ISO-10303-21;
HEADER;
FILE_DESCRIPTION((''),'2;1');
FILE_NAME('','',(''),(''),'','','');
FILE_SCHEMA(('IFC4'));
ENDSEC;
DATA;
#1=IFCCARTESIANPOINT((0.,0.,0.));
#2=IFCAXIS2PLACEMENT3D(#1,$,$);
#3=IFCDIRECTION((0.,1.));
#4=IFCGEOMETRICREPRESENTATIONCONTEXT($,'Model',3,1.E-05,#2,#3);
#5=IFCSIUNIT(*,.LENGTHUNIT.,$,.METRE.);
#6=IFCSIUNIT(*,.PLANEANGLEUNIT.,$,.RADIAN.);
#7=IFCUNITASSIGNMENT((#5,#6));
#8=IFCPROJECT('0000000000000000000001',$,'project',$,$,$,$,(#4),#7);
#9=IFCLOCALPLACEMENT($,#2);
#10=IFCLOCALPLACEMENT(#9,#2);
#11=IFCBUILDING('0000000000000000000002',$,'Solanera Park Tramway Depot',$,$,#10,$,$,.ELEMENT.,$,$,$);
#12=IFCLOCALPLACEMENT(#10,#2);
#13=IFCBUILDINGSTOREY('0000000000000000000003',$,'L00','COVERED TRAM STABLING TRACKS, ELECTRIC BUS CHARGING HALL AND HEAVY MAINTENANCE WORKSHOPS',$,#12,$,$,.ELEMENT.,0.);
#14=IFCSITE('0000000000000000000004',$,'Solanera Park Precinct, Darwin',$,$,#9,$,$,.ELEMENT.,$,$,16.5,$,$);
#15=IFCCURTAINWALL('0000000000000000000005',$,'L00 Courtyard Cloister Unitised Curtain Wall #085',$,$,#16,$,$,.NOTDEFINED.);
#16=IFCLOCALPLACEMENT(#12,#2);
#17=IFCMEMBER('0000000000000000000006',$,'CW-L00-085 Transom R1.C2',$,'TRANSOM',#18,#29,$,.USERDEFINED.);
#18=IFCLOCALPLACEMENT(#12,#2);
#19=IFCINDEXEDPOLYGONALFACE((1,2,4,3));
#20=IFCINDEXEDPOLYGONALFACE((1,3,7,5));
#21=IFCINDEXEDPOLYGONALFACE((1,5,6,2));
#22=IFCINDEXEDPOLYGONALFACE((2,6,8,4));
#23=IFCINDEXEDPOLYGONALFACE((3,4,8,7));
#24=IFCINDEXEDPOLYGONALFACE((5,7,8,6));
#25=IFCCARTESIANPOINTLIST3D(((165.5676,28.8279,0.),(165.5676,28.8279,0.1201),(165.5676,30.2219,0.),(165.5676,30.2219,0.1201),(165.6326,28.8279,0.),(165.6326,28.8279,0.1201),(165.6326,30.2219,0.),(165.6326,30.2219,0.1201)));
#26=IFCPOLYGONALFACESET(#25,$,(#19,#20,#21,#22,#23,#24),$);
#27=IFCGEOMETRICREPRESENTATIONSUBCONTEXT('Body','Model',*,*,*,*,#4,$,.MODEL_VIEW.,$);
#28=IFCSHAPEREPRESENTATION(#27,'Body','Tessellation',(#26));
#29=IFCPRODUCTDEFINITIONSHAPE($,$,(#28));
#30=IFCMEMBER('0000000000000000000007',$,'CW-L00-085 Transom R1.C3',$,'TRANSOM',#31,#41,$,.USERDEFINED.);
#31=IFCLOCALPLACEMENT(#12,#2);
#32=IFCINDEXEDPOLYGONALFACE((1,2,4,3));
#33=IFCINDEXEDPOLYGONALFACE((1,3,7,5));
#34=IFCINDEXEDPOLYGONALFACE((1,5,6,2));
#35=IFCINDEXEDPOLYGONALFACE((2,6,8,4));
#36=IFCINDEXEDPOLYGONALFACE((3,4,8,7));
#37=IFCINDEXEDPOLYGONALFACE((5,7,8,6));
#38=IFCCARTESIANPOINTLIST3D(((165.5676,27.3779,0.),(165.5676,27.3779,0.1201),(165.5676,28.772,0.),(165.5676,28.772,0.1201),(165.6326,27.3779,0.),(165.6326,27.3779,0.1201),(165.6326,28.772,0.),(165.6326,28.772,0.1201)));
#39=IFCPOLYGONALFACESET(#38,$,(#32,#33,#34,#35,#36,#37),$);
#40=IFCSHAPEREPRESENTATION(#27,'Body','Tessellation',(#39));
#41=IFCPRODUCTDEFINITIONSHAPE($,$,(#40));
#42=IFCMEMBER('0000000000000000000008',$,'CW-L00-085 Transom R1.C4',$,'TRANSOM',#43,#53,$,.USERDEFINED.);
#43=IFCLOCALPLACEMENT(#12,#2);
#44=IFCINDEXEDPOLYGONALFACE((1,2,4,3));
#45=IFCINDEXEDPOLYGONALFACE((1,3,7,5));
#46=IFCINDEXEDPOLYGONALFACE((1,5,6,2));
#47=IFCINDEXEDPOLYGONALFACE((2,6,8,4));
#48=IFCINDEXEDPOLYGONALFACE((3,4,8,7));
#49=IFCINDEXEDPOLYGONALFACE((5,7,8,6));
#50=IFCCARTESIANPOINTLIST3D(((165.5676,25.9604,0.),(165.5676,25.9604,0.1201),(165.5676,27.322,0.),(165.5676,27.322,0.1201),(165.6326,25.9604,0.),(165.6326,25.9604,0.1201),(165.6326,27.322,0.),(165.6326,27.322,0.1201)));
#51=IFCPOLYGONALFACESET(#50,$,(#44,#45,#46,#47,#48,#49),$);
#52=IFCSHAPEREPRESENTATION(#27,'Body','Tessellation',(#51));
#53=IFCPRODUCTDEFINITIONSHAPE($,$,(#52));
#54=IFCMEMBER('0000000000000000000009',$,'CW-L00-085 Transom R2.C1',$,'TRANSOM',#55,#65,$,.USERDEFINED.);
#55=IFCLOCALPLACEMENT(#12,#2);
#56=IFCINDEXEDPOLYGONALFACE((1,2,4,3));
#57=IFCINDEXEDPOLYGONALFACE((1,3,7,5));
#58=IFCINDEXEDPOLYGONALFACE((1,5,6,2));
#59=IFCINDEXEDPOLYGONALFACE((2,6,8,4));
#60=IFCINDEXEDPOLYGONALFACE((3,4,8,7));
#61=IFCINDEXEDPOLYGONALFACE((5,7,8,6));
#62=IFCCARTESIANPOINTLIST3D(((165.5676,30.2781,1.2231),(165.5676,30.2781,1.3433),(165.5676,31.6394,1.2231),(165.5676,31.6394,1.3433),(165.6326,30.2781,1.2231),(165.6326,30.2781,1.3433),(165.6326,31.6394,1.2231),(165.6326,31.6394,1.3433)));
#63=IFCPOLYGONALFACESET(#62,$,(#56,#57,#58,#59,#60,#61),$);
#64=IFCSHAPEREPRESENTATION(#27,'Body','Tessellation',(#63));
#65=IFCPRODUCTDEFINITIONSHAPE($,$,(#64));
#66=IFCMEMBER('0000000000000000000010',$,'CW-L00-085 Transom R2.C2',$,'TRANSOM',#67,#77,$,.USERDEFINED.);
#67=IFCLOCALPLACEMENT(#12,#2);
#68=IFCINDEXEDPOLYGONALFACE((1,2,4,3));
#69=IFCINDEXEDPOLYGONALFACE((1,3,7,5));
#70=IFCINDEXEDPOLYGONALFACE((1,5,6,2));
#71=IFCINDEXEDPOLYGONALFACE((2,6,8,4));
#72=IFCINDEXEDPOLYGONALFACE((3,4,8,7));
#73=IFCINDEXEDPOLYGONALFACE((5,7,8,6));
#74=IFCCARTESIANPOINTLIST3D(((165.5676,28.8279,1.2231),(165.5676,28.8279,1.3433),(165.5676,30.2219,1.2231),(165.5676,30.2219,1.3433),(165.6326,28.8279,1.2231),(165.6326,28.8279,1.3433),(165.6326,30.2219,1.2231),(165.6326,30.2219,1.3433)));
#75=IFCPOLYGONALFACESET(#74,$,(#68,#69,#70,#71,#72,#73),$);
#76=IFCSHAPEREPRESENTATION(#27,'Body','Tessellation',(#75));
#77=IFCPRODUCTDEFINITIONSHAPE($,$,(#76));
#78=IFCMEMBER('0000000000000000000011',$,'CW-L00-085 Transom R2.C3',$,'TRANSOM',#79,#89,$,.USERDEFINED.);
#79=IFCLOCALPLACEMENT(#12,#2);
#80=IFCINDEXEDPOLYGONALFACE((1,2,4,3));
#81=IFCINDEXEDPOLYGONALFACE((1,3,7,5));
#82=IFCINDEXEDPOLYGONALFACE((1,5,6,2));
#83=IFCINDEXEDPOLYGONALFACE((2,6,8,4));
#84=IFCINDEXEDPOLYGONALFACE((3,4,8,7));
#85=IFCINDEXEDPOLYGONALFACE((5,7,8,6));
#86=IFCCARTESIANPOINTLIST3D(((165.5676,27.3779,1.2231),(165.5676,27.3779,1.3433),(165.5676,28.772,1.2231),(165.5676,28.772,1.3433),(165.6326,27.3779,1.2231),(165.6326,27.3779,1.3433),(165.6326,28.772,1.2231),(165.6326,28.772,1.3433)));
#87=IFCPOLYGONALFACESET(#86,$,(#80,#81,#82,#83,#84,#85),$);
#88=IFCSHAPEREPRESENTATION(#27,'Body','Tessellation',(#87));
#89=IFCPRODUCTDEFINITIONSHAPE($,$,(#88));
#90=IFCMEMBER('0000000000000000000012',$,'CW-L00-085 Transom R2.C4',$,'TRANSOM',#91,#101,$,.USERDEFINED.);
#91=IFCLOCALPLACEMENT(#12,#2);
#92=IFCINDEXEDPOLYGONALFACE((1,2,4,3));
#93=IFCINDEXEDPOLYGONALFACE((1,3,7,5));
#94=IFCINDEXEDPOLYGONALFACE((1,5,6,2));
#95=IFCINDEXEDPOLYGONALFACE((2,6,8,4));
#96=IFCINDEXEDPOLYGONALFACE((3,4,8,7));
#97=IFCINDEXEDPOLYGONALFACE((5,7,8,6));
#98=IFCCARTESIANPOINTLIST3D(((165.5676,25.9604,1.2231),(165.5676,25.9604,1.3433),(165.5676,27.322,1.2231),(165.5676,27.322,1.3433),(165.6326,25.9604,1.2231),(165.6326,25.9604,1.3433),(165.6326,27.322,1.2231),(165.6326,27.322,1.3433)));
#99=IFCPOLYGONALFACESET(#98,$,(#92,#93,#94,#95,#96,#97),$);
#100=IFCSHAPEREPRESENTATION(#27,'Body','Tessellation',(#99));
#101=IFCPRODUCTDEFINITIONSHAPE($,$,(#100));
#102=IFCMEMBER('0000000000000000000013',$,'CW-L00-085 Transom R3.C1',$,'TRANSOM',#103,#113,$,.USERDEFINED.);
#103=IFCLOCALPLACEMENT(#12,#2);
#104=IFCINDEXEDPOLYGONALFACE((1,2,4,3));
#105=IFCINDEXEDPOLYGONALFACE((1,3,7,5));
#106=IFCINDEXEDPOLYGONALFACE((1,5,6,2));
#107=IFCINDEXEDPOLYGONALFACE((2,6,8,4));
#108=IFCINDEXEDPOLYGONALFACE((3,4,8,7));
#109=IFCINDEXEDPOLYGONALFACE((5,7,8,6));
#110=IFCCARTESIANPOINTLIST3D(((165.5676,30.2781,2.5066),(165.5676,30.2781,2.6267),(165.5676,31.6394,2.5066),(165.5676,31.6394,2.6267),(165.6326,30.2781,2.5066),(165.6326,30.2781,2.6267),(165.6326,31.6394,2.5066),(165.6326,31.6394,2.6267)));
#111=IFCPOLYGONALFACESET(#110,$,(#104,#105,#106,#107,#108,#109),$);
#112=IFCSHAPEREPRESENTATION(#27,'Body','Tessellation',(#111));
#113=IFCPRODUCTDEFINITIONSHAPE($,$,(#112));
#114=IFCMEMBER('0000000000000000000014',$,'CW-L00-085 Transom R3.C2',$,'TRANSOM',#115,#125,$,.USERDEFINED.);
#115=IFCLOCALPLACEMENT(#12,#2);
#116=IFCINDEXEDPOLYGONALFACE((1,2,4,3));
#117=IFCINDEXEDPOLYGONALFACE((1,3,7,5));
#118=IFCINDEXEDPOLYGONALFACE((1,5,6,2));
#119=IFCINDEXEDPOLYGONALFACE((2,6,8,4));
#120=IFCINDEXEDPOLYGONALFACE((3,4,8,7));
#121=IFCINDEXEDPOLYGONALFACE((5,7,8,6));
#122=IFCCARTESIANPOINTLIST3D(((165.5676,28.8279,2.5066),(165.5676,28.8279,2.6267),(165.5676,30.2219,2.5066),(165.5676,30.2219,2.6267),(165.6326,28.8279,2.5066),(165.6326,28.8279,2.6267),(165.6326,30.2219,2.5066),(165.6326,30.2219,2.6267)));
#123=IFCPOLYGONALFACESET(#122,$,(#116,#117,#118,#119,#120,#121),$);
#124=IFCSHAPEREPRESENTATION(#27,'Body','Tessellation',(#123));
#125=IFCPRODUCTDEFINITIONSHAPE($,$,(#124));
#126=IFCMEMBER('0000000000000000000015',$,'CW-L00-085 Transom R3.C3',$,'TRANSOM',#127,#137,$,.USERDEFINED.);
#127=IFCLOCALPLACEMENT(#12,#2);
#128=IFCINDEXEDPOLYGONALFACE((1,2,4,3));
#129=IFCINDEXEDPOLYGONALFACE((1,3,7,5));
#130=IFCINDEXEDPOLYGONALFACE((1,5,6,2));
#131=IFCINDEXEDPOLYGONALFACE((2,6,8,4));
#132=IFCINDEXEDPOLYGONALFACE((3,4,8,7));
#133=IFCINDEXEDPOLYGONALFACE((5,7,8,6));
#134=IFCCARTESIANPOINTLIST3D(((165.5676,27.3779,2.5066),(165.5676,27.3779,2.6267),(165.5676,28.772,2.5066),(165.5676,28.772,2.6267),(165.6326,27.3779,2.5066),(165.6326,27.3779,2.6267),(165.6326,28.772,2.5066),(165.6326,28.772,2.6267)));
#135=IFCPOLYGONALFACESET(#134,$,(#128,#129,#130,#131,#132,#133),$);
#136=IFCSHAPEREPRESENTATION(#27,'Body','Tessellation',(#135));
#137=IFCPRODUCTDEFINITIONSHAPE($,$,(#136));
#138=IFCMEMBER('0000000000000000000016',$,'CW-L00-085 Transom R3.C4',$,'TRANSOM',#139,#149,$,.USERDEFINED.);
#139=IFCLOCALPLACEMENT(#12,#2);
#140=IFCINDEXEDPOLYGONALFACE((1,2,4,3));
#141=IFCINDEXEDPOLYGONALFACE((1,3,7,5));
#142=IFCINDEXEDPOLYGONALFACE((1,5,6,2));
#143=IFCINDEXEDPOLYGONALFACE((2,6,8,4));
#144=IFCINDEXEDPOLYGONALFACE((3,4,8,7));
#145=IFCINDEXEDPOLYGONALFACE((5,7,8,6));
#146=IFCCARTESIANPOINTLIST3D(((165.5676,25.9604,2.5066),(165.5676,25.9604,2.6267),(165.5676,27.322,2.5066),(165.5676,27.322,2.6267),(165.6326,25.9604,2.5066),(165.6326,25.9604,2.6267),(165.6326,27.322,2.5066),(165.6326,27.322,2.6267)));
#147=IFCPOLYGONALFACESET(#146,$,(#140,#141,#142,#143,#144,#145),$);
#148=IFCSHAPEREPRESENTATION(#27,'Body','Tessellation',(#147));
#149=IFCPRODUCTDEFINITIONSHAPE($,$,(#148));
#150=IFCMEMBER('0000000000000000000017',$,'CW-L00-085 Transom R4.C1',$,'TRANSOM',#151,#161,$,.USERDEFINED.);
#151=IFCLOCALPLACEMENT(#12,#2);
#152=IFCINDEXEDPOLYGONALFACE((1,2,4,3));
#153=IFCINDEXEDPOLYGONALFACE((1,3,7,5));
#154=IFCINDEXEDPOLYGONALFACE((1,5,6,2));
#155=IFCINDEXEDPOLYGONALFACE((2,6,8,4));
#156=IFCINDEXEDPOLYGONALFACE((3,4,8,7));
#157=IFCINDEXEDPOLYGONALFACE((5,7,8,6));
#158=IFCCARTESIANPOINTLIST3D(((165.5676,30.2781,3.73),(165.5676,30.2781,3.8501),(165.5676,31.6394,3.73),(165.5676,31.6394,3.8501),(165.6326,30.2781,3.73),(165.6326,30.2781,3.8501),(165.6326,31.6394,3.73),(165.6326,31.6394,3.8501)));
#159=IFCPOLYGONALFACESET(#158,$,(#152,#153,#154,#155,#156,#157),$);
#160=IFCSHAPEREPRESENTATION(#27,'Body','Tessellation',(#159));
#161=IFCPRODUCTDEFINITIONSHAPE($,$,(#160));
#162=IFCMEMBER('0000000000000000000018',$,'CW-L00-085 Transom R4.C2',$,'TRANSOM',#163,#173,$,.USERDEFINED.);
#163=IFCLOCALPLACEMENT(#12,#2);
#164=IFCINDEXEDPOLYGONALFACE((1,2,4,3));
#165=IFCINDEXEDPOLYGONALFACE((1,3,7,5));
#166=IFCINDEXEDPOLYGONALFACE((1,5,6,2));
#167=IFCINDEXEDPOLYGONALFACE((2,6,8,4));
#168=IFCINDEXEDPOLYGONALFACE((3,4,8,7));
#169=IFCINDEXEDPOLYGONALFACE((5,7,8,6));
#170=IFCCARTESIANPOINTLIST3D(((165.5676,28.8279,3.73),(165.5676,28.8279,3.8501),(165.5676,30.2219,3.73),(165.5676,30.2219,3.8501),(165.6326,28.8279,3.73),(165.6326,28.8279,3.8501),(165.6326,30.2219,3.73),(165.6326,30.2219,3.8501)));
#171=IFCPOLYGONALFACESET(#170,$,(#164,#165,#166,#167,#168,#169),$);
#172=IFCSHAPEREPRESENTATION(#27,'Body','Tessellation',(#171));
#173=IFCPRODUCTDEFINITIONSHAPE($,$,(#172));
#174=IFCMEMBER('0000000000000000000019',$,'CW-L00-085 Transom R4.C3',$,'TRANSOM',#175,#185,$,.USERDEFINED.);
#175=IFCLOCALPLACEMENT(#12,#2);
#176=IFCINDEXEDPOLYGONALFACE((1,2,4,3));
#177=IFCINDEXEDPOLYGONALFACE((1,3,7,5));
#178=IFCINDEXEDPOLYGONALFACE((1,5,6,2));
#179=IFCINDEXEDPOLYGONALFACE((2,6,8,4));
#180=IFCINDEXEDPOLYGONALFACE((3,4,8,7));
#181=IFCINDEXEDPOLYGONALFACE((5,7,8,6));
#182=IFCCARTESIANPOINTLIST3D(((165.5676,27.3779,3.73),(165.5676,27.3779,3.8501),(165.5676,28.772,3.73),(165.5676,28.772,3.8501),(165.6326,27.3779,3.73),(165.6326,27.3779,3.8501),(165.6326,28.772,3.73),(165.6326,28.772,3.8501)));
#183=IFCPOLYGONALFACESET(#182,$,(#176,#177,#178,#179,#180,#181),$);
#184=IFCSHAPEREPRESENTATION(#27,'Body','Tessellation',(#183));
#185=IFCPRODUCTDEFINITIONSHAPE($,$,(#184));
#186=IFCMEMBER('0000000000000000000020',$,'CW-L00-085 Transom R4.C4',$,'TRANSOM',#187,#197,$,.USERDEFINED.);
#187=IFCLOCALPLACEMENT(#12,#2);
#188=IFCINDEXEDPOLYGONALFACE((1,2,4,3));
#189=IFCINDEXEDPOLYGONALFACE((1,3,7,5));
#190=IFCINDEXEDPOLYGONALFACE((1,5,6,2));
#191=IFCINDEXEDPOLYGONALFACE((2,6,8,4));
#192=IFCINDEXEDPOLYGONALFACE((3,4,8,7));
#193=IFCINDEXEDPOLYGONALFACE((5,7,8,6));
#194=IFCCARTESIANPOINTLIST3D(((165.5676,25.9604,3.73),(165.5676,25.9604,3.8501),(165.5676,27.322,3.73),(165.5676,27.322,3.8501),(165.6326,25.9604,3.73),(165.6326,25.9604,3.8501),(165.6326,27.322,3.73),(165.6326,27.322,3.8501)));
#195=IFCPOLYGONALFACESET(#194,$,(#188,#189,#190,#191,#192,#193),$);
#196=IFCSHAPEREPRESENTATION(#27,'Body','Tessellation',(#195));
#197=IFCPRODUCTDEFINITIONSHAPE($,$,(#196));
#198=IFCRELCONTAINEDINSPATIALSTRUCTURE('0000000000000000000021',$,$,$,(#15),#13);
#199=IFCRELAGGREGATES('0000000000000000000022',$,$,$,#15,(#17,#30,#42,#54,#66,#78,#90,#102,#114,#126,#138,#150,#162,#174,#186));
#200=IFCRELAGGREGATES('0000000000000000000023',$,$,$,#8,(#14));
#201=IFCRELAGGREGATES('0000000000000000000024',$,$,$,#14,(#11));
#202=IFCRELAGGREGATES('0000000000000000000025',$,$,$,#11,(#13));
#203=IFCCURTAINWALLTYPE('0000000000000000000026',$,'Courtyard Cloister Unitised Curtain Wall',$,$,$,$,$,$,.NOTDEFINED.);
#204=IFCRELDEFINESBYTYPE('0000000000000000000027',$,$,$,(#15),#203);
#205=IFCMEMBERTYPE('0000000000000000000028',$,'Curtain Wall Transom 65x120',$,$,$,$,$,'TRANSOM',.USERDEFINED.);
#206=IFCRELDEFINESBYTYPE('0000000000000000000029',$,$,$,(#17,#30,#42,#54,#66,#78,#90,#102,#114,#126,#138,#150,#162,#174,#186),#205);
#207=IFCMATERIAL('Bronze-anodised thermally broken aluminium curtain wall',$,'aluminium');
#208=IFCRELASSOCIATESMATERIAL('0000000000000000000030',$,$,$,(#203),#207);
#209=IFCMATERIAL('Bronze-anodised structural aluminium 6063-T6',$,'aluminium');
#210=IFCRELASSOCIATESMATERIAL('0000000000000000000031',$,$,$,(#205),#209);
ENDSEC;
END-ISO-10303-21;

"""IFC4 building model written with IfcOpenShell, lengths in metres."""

from ifc_helpers import new_model, si_unit, direction, frame, origin, origin_2d, place, context, subcontext, project, spatial, rectangle, extrude, material, material_profile, profile_set, type_object, element, aggregate, save


model = new_model("IFC4")

# Units and contexts
model_context = context("Model", 3, precision=1e-05, world=origin(), true_north=direction((0.0, 1.0)))
body_context = subcontext(model_context, "Body", "Model", "MODEL_VIEW")
ifc_project = project(units=[si_unit("LENGTHUNIT", "METRE"), si_unit("PLANEANGLEUNIT", "RADIAN")], contexts=[model_context])

# Site, building, storey
site_placement = place(None, origin())
site = spatial("IfcSite", under=ifc_project, at=site_placement, Name="Solanera Park Precinct, Darwin", CompositionType="ELEMENT", RefElevation=16.5)
building_placement = place(site_placement, origin())
building = spatial("IfcBuilding", under=site, at=building_placement, Name="Solanera Park Tramway Depot", CompositionType="ELEMENT")
storey_placement = place(building_placement, origin())
storey = spatial("IfcBuildingStorey", under=building, at=storey_placement, Name="L00", Description="COVERED TRAM STABLING TRACKS, ELECTRIC BUS CHARGING HALL AND HEAVY MAINTENANCE WORKSHOPS", CompositionType="ELEMENT", Elevation=0.0)

# Curtain wall, members
ifc_material_1 = material(Name="Bronze-anodised thermally broken aluminium curtain wall", Category="aluminium")
curtain_wall_type = type_object("IfcCurtainWallType", Name="Courtyard Cloister Unitised Curtain Wall", PredefinedType="NOTDEFINED", material=ifc_material_1)
curtain_wall_placement = place(storey_placement, origin())
curtain_wall = element("IfcCurtainWall", 1, at=curtain_wall_placement, inside=storey, type_object=curtain_wall_type, Name="L00 Courtyard Cloister Unitised Curtain Wall #085", PredefinedType="NOTDEFINED")
ifc_material_2 = material(Name="Bronze-anodised structural aluminium 6063-T6", Category="aluminium")
ifc_material_profile_1 = material_profile(ifc_material_2, rectangle(XDim=0.0649, YDim=0.1201, at=origin_2d()), Name="Curtain Wall Transom 65x120")
ifc_profile_set_1 = profile_set([ifc_material_profile_1], Name="Bronze-anodised structural aluminium 6063-T6")
member_type_1 = type_object("IfcMemberType", Name="Curtain Wall Transom 65x120", ElementType="TRANSOM", PredefinedType="USERDEFINED", material=ifc_profile_set_1)
member_1_placement = place(storey_placement, frame((165.6001, 30.2219, 0.0601), z_axis=(0.0, -1.0, 0.0), x_axis=(1.0, 0.0, 0.0)))
member_1 = element("IfcMember", 2, at=member_1_placement, type_object=member_type_1, Name="CW-L00-085 Transom R1.C2", ObjectType="TRANSOM", PredefinedType="USERDEFINED", context=body_context, shape_type="SweptSolid", body=[
    extrude(rectangle(XDim=0.0649, YDim=0.1201, at=origin_2d()), origin(), (0.0, 0.0, 1.0), 1.394),
])
member_2_placement = place(storey_placement, frame((165.6001, 28.772, 0.0601), z_axis=(0.0, -1.0, 0.0), x_axis=(1.0, 0.0, 0.0)))
member_2 = element("IfcMember", 3, at=member_2_placement, type_object=member_type_1, Name="CW-L00-085 Transom R1.C3", ObjectType="TRANSOM", PredefinedType="USERDEFINED", context=body_context, shape_type="SweptSolid", body=[
    extrude(rectangle(XDim=0.0649, YDim=0.1201, at=origin_2d()), origin(), (0.0, 0.0, 1.0), 1.394),
])
member_3_placement = place(storey_placement, frame((165.6001, 27.322, 0.0601), z_axis=(0.0, -1.0, 0.0), x_axis=(1.0, 0.0, 0.0)))
member_3 = element("IfcMember", 4, at=member_3_placement, type_object=member_type_1, Name="CW-L00-085 Transom R1.C4", ObjectType="TRANSOM", PredefinedType="USERDEFINED", context=body_context, shape_type="SweptSolid", body=[
    extrude(rectangle(XDim=0.0649, YDim=0.1201, at=origin_2d()), origin(), (0.0, 0.0, 1.0), 1.3616),
])
member_4_placement = place(storey_placement, frame((165.6001, 31.6394, 1.2832), z_axis=(0.0, -1.0, 0.0), x_axis=(1.0, 0.0, 0.0)))
member_4 = element("IfcMember", 5, at=member_4_placement, type_object=member_type_1, Name="CW-L00-085 Transom R2.C1", ObjectType="TRANSOM", PredefinedType="USERDEFINED", context=body_context, shape_type="SweptSolid", body=[
    extrude(rectangle(XDim=0.0649, YDim=0.1201, at=origin_2d()), origin(), (0.0, 0.0, 1.0), 1.3613),
])
member_5_placement = place(storey_placement, frame((165.6001, 30.2219, 1.2832), z_axis=(0.0, -1.0, 0.0), x_axis=(1.0, 0.0, 0.0)))
member_5 = element("IfcMember", 6, at=member_5_placement, type_object=member_type_1, Name="CW-L00-085 Transom R2.C2", ObjectType="TRANSOM", PredefinedType="USERDEFINED", context=body_context, shape_type="SweptSolid", body=[
    extrude(rectangle(XDim=0.0649, YDim=0.1201, at=origin_2d()), origin(), (0.0, 0.0, 1.0), 1.394),
])
member_6_placement = place(storey_placement, frame((165.6001, 28.772, 1.2832), z_axis=(0.0, -1.0, 0.0), x_axis=(1.0, 0.0, 0.0)))
member_6 = element("IfcMember", 7, at=member_6_placement, type_object=member_type_1, Name="CW-L00-085 Transom R2.C3", ObjectType="TRANSOM", PredefinedType="USERDEFINED", context=body_context, shape_type="SweptSolid", body=[
    extrude(rectangle(XDim=0.0649, YDim=0.1201, at=origin_2d()), origin(), (0.0, 0.0, 1.0), 1.394),
])
member_7_placement = place(storey_placement, frame((165.6001, 27.322, 1.2832), z_axis=(0.0, -1.0, 0.0), x_axis=(1.0, 0.0, 0.0)))
member_7 = element("IfcMember", 8, at=member_7_placement, type_object=member_type_1, Name="CW-L00-085 Transom R2.C4", ObjectType="TRANSOM", PredefinedType="USERDEFINED", context=body_context, shape_type="SweptSolid", body=[
    extrude(rectangle(XDim=0.0649, YDim=0.1201, at=origin_2d()), origin(), (0.0, 0.0, 1.0), 1.3616),
])
member_8_placement = place(storey_placement, frame((165.6001, 31.6394, 2.5667), z_axis=(0.0, -1.0, 0.0), x_axis=(1.0, 0.0, 0.0)))
member_8 = element("IfcMember", 9, at=member_8_placement, type_object=member_type_1, Name="CW-L00-085 Transom R3.C1", ObjectType="TRANSOM", PredefinedType="USERDEFINED", context=body_context, shape_type="SweptSolid", body=[
    extrude(rectangle(XDim=0.0649, YDim=0.1201, at=origin_2d()), origin(), (0.0, 0.0, 1.0), 1.3613),
])
member_9_placement = place(storey_placement, frame((165.6001, 30.2219, 2.5667), z_axis=(0.0, -1.0, 0.0), x_axis=(1.0, 0.0, 0.0)))
member_9 = element("IfcMember", 10, at=member_9_placement, type_object=member_type_1, Name="CW-L00-085 Transom R3.C2", ObjectType="TRANSOM", PredefinedType="USERDEFINED", context=body_context, shape_type="SweptSolid", body=[
    extrude(rectangle(XDim=0.0649, YDim=0.1201, at=origin_2d()), origin(), (0.0, 0.0, 1.0), 1.394),
])
member_10_placement = place(storey_placement, frame((165.6001, 28.772, 2.5667), z_axis=(0.0, -1.0, 0.0), x_axis=(1.0, 0.0, 0.0)))
member_10 = element("IfcMember", 11, at=member_10_placement, type_object=member_type_1, Name="CW-L00-085 Transom R3.C3", ObjectType="TRANSOM", PredefinedType="USERDEFINED", context=body_context, shape_type="SweptSolid", body=[
    extrude(rectangle(XDim=0.0649, YDim=0.1201, at=origin_2d()), origin(), (0.0, 0.0, 1.0), 1.394),
])
member_11_placement = place(storey_placement, frame((165.6001, 27.322, 2.5667), z_axis=(0.0, -1.0, 0.0), x_axis=(1.0, 0.0, 0.0)))
member_11 = element("IfcMember", 12, at=member_11_placement, type_object=member_type_1, Name="CW-L00-085 Transom R3.C4", ObjectType="TRANSOM", PredefinedType="USERDEFINED", context=body_context, shape_type="SweptSolid", body=[
    extrude(rectangle(XDim=0.0649, YDim=0.1201, at=origin_2d()), origin(), (0.0, 0.0, 1.0), 1.3616),
])
member_12_placement = place(storey_placement, frame((165.6001, 31.6394, 3.79), z_axis=(0.0, -1.0, 0.0), x_axis=(1.0, 0.0, 0.0)))
member_12 = element("IfcMember", 13, at=member_12_placement, type_object=member_type_1, Name="CW-L00-085 Transom R4.C1", ObjectType="TRANSOM", PredefinedType="USERDEFINED", context=body_context, shape_type="SweptSolid", body=[
    extrude(rectangle(XDim=0.0649, YDim=0.1201, at=origin_2d()), origin(), (0.0, 0.0, 1.0), 1.3613),
])
member_13_placement = place(storey_placement, frame((165.6001, 30.2219, 3.79), z_axis=(0.0, -1.0, 0.0), x_axis=(1.0, 0.0, 0.0)))
member_13 = element("IfcMember", 14, at=member_13_placement, type_object=member_type_1, Name="CW-L00-085 Transom R4.C2", ObjectType="TRANSOM", PredefinedType="USERDEFINED", context=body_context, shape_type="SweptSolid", body=[
    extrude(rectangle(XDim=0.0649, YDim=0.1201, at=origin_2d()), origin(), (0.0, 0.0, 1.0), 1.394),
])
member_14_placement = place(storey_placement, frame((165.6001, 28.772, 3.79), z_axis=(0.0, -1.0, 0.0), x_axis=(1.0, 0.0, 0.0)))
member_14 = element("IfcMember", 15, at=member_14_placement, type_object=member_type_1, Name="CW-L00-085 Transom R4.C3", ObjectType="TRANSOM", PredefinedType="USERDEFINED", context=body_context, shape_type="SweptSolid", body=[
    extrude(rectangle(XDim=0.0649, YDim=0.1201, at=origin_2d()), origin(), (0.0, 0.0, 1.0), 1.394),
])
member_15_placement = place(storey_placement, frame((165.6001, 27.322, 3.79), z_axis=(0.0, -1.0, 0.0), x_axis=(1.0, 0.0, 0.0)))
member_15 = element("IfcMember", 16, at=member_15_placement, type_object=member_type_1, Name="CW-L00-085 Transom R4.C4", ObjectType="TRANSOM", PredefinedType="USERDEFINED", context=body_context, shape_type="SweptSolid", body=[
    extrude(rectangle(XDim=0.0649, YDim=0.1201, at=origin_2d()), origin(), (0.0, 0.0, 1.0), 1.3616),
])
aggregate(curtain_wall, [member_1, member_2, member_3, member_4, member_5, member_6, member_7, member_8, member_9, member_10, member_11, member_12, member_13, member_14, member_15])

save(model, "model.ifc")
